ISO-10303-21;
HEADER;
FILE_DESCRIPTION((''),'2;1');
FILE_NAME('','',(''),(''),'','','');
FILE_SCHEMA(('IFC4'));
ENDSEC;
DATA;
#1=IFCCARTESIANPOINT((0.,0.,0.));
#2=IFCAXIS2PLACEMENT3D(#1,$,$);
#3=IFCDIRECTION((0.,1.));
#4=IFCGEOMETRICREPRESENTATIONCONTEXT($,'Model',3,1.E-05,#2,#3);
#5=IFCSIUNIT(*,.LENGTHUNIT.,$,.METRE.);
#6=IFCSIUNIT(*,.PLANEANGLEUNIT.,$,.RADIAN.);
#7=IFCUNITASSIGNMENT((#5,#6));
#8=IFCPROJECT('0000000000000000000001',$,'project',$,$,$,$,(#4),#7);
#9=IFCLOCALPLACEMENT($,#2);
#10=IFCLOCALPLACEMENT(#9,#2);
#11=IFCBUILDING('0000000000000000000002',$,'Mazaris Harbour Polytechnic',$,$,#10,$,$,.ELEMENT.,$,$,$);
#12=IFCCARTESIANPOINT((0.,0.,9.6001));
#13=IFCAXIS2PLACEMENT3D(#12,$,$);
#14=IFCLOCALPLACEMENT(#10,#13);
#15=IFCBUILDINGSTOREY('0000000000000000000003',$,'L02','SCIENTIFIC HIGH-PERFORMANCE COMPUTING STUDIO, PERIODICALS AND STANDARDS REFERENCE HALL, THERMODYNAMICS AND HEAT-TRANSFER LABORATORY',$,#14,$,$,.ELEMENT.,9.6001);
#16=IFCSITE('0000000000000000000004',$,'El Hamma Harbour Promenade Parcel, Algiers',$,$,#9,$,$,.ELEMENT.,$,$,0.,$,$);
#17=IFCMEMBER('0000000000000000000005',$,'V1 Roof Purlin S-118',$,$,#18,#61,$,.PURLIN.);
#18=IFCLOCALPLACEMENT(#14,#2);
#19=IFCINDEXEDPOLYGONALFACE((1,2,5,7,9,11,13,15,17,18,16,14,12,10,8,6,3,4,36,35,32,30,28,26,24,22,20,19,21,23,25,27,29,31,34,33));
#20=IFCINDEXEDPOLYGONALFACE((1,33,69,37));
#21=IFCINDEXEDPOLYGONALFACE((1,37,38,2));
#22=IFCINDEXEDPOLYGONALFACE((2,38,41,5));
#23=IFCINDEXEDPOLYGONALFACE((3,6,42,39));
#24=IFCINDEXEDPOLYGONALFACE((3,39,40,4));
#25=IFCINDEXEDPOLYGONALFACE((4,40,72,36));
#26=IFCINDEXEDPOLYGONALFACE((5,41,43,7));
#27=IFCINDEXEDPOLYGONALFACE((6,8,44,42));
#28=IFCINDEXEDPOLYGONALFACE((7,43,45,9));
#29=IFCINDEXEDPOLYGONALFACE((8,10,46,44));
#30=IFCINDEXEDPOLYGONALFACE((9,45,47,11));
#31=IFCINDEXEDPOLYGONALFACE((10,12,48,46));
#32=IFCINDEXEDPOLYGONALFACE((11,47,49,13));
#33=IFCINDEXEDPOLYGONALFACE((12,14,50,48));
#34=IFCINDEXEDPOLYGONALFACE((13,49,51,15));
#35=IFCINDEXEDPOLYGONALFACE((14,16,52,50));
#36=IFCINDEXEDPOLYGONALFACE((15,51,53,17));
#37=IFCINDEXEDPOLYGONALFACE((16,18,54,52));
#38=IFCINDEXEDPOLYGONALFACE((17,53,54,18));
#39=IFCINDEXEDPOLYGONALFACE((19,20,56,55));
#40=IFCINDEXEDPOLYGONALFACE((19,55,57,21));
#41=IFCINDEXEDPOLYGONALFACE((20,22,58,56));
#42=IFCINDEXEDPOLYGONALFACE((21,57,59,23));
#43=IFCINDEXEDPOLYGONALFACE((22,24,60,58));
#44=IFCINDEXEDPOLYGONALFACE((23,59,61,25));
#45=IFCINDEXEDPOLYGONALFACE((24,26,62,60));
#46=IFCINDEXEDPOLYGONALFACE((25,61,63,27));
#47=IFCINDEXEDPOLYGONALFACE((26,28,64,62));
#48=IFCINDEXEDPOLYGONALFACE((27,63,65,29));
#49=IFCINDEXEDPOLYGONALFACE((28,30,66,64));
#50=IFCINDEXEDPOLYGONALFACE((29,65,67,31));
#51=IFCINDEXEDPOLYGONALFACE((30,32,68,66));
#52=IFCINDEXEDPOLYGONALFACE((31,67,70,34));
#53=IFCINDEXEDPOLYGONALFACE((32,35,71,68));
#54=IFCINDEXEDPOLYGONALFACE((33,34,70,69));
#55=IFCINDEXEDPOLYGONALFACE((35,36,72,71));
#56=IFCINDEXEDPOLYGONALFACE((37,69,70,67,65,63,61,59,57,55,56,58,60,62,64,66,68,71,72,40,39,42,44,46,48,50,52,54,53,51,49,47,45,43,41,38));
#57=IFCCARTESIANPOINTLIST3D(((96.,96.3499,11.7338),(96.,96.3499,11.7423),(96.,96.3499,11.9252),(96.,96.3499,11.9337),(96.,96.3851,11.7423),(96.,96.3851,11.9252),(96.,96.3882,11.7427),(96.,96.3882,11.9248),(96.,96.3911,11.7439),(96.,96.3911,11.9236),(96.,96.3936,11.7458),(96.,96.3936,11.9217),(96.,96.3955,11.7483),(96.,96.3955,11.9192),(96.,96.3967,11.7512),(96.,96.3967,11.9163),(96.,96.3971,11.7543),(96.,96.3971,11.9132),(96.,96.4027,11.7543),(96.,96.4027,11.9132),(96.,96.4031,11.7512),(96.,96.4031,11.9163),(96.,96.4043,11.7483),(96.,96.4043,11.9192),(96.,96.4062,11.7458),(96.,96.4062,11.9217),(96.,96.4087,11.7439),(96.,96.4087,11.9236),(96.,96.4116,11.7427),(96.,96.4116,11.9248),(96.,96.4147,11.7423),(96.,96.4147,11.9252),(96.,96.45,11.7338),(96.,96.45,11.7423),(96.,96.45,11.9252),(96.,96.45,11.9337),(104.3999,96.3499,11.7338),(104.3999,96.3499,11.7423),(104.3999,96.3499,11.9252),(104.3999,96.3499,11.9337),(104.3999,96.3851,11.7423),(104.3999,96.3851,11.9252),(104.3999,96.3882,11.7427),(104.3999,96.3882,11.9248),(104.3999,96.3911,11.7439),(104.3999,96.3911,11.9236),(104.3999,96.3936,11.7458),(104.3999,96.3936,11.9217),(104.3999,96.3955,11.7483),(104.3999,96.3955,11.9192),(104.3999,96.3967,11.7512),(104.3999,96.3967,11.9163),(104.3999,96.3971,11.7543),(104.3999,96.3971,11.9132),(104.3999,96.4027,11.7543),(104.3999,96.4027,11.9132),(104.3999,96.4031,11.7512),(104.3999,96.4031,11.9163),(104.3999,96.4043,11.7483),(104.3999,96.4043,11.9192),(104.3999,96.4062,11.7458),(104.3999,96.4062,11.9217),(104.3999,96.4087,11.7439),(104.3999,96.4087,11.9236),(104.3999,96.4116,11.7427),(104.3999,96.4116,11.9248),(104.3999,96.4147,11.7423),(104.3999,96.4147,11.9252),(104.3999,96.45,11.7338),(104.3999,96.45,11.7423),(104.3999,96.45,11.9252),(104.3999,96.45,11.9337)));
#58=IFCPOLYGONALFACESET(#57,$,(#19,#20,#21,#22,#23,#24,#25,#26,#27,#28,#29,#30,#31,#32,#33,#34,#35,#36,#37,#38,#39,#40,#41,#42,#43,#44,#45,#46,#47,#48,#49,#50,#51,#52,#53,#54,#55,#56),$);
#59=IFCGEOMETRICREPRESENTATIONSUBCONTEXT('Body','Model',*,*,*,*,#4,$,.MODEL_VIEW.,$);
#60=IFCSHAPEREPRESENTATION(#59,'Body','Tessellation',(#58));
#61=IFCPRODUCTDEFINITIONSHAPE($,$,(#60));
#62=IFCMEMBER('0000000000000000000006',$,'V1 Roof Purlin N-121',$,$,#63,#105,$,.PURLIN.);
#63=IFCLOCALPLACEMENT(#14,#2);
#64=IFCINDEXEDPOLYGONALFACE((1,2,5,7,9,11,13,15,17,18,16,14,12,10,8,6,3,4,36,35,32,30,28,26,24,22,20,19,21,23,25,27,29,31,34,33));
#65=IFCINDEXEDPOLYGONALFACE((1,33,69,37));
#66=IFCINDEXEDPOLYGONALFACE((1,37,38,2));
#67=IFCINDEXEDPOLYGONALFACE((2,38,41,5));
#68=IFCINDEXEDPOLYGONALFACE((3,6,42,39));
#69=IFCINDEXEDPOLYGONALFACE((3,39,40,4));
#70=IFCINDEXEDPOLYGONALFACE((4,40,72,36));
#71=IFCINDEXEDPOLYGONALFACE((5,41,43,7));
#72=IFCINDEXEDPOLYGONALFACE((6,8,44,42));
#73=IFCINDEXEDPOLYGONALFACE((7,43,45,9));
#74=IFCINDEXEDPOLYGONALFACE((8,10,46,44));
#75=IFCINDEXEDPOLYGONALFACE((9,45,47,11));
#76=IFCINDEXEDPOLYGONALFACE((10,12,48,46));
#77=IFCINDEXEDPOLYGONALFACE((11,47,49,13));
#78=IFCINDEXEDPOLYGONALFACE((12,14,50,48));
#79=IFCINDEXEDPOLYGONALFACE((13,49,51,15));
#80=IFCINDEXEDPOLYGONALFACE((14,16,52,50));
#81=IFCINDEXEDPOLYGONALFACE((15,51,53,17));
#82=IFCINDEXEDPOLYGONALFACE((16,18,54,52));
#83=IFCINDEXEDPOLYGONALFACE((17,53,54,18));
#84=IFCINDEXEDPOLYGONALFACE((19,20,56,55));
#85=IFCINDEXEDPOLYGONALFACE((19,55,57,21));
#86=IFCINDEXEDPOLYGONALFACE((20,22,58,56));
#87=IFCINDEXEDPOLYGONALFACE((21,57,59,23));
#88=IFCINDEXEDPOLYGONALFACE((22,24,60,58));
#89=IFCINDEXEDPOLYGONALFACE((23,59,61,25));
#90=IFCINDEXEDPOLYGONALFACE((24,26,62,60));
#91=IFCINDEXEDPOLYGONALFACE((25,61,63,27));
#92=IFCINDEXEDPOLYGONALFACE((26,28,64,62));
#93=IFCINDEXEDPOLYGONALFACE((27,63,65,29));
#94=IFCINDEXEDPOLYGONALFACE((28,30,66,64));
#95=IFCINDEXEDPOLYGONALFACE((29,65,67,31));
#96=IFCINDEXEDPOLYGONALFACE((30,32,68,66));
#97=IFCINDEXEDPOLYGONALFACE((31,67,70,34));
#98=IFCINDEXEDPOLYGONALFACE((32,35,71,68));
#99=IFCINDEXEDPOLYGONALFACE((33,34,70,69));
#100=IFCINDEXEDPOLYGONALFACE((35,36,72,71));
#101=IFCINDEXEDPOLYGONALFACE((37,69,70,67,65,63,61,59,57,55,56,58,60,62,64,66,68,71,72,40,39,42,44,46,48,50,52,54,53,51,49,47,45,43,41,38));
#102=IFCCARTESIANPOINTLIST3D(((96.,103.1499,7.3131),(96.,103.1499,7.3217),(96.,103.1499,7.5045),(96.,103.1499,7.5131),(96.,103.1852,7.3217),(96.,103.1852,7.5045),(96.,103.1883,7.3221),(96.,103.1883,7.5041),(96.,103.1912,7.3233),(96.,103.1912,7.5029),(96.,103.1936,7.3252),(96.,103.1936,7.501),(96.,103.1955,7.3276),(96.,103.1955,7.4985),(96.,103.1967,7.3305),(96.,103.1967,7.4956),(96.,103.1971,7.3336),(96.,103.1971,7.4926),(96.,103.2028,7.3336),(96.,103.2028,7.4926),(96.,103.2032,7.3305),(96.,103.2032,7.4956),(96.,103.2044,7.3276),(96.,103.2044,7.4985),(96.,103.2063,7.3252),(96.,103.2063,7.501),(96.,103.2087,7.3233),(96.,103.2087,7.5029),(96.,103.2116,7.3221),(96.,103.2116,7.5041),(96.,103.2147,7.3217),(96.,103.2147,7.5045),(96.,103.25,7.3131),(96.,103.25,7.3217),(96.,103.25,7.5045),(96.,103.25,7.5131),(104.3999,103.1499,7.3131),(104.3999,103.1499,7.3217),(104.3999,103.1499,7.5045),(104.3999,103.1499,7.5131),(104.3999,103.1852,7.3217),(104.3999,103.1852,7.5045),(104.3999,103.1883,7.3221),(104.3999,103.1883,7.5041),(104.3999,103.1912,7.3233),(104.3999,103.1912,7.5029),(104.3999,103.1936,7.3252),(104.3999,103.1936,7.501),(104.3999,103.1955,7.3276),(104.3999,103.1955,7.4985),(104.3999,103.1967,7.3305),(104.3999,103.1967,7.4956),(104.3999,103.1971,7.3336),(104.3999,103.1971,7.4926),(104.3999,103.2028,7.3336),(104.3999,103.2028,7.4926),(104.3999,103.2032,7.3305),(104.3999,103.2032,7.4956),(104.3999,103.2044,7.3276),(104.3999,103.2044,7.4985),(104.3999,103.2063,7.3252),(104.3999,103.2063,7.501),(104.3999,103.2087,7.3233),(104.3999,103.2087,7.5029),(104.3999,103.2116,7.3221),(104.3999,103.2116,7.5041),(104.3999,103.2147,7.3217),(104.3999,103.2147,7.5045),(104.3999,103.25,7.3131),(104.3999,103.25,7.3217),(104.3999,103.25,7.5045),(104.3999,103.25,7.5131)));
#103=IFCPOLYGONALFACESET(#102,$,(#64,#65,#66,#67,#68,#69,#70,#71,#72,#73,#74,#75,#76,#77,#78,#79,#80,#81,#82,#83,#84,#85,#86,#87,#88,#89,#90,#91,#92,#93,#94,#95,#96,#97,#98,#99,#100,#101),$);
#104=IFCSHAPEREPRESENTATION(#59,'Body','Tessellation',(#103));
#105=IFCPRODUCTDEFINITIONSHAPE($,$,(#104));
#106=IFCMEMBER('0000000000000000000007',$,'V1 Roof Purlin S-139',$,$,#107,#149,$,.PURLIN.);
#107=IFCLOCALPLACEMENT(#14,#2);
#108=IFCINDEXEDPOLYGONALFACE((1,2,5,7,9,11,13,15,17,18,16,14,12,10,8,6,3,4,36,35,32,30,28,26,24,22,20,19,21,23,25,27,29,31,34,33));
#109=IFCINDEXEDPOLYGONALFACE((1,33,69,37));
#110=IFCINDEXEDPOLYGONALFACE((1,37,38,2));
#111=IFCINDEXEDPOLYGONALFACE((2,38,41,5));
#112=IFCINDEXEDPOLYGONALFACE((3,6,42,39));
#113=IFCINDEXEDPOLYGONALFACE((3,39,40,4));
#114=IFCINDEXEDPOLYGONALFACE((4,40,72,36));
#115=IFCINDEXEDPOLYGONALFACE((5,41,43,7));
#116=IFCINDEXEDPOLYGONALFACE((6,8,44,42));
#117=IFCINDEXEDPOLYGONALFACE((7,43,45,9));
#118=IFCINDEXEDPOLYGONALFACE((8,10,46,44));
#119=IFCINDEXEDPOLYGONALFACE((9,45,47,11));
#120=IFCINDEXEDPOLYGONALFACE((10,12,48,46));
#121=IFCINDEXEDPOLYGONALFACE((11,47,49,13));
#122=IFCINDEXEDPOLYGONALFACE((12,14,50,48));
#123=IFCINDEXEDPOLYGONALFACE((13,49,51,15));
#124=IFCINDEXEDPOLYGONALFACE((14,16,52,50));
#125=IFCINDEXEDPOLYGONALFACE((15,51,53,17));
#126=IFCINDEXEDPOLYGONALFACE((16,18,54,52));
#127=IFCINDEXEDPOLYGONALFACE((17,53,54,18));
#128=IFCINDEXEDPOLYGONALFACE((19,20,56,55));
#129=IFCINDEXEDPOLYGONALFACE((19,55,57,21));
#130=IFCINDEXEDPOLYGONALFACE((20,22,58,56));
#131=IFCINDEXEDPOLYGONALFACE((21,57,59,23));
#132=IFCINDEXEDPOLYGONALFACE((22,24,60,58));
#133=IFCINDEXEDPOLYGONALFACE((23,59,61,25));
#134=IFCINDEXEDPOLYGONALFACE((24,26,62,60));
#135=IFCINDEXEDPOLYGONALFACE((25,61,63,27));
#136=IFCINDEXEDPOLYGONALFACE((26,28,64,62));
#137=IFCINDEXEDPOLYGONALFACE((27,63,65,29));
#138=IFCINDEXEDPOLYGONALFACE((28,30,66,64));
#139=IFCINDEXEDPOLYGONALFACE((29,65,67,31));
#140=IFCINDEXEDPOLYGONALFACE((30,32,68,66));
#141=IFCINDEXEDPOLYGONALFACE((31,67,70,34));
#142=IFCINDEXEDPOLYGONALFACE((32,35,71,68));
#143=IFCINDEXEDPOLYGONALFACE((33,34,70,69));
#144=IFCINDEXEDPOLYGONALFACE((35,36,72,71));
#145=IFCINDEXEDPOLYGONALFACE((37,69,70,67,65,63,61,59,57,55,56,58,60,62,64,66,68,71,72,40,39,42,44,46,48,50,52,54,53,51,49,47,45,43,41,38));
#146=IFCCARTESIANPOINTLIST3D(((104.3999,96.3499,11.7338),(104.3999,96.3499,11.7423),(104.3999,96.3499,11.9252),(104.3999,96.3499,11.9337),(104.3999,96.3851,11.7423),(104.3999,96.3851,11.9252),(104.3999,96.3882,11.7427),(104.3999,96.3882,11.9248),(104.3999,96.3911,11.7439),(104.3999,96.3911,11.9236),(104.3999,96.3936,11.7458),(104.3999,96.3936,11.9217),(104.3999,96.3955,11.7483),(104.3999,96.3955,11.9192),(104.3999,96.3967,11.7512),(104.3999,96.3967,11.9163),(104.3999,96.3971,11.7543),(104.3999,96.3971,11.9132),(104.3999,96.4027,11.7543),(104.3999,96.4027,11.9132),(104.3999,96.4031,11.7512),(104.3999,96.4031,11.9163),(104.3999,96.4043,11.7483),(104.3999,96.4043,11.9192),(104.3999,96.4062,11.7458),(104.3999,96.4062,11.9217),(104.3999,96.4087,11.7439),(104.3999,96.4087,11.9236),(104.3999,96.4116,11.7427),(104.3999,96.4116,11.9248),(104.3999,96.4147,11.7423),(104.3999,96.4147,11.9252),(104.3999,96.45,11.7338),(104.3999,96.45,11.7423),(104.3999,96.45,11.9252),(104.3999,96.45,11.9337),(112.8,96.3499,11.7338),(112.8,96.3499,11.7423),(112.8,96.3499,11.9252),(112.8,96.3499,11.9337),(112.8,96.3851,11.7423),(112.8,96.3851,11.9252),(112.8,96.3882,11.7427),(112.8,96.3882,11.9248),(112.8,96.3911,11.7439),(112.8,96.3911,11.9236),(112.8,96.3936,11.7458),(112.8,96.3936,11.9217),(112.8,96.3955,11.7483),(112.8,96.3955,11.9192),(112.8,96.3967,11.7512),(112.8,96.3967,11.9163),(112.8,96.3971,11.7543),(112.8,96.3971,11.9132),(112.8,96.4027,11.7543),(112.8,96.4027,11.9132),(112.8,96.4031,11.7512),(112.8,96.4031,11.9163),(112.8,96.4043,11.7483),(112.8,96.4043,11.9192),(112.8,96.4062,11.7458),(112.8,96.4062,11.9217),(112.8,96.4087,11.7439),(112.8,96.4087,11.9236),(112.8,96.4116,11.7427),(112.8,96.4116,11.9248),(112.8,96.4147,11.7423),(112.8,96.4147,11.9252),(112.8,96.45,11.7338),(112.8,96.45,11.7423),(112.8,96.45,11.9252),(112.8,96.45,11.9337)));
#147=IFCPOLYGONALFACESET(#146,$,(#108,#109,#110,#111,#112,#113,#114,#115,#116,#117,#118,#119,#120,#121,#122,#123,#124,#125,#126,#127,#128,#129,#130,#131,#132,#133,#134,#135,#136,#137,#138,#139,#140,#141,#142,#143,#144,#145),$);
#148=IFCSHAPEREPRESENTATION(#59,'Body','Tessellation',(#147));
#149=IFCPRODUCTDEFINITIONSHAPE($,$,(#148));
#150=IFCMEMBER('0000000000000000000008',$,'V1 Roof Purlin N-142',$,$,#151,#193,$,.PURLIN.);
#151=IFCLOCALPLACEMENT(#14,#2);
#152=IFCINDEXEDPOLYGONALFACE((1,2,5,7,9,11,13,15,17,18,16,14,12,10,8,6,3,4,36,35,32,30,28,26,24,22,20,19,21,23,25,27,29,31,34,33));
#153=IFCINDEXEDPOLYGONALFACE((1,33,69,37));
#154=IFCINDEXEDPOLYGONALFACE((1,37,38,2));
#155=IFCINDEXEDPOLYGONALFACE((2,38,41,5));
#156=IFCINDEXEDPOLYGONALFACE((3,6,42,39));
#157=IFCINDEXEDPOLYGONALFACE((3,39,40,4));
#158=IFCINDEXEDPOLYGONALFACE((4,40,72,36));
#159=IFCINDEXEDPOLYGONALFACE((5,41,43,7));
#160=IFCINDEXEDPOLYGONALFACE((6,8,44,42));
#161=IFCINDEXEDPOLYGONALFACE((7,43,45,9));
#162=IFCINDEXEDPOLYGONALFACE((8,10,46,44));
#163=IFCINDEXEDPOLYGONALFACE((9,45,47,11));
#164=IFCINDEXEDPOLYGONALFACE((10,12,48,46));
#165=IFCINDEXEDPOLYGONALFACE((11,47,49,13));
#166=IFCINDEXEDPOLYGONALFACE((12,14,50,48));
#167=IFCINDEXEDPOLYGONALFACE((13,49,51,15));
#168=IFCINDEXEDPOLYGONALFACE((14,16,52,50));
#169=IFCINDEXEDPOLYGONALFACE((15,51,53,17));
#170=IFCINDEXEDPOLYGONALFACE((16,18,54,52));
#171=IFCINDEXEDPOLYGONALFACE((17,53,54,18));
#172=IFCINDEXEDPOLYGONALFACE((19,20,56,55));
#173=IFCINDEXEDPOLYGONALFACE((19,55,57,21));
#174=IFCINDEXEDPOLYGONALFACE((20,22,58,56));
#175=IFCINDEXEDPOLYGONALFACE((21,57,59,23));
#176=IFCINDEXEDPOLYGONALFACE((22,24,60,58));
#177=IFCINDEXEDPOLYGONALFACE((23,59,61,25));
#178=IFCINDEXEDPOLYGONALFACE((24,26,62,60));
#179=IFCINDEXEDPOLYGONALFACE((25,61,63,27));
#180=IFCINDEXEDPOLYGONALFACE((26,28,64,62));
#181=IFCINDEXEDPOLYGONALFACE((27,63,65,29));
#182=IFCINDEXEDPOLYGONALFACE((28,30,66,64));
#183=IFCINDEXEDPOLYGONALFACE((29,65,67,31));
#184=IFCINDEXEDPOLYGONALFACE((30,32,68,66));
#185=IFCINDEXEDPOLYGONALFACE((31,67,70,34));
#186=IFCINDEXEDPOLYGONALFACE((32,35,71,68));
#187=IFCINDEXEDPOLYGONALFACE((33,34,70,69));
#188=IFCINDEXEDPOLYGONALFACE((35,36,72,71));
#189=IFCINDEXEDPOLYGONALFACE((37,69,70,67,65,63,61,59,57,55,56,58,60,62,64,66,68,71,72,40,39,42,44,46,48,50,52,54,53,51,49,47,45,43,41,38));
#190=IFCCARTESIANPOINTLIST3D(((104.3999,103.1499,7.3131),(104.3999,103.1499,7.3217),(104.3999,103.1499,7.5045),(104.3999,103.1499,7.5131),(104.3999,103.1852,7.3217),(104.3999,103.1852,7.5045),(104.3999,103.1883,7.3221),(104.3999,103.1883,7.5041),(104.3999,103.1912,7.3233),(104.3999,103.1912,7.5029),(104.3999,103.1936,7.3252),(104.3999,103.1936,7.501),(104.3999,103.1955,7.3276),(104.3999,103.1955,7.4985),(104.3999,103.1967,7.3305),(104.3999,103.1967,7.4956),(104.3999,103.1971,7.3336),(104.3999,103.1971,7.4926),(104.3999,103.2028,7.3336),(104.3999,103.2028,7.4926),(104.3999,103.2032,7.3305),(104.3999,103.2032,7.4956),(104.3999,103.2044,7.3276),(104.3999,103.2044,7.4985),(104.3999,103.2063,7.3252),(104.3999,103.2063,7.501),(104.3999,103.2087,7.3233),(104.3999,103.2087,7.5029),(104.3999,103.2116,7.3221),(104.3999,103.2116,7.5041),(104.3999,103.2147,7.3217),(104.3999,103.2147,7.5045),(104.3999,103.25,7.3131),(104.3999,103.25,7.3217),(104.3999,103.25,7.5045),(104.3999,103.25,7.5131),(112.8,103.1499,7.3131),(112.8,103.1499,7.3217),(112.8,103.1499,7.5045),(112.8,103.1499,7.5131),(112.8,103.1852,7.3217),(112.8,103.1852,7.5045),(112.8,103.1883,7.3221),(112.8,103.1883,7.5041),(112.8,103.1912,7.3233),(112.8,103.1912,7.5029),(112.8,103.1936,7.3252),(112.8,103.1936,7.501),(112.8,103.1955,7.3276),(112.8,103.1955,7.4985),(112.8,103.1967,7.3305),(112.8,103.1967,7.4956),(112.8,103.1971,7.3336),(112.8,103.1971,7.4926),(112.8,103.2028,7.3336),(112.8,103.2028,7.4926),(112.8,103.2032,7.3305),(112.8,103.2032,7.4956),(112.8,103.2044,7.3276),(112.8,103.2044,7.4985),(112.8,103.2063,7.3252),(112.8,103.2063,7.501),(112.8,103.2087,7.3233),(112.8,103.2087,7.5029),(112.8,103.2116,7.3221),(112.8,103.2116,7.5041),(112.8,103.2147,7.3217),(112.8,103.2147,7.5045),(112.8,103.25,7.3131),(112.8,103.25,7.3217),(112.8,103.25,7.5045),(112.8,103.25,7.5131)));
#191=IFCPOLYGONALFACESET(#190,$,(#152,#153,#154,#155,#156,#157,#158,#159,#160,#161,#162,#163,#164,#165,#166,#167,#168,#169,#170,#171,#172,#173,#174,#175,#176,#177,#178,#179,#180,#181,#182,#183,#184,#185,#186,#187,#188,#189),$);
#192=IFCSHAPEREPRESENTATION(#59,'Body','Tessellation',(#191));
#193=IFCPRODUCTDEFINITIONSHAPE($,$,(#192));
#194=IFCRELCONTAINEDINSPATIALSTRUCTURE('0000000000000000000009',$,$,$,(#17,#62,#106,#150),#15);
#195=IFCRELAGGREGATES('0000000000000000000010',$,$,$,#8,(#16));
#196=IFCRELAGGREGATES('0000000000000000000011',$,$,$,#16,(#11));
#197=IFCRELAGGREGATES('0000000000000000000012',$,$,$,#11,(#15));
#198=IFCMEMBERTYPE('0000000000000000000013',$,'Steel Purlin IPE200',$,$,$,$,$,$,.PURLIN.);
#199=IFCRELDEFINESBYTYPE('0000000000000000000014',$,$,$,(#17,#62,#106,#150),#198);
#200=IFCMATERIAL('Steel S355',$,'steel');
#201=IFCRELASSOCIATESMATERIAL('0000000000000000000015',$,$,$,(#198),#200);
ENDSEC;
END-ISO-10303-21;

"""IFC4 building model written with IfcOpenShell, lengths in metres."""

from ifc_helpers import new_model, si_unit, direction, frame, origin, origin_2d, place, context, subcontext, project, spatial, i_section, extrude, material, material_profile, profile_set, type_object, element, save


model = new_model("IFC4")

# Units and contexts
model_context = context("Model", 3, precision=1e-05, world=origin(), true_north=direction((0.0, 1.0)))
body_context = subcontext(model_context, "Body", "Model", "MODEL_VIEW")
ifc_project = project(units=[si_unit("LENGTHUNIT", "METRE"), si_unit("PLANEANGLEUNIT", "RADIAN")], contexts=[model_context])

# Site, building, storey
site_placement = place(None, origin())
site = spatial("IfcSite", under=ifc_project, at=site_placement, Name="El Hamma Harbour Promenade Parcel, Algiers", CompositionType="ELEMENT", RefElevation=0.0)
building_placement = place(site_placement, origin())
building = spatial("IfcBuilding", under=site, at=building_placement, Name="Mazaris Harbour Polytechnic", CompositionType="ELEMENT")
storey_placement = place(building_placement, frame((0.0, 0.0, 9.6001)))
storey = spatial("IfcBuildingStorey", under=building, at=storey_placement, Name="L02", Description="SCIENTIFIC HIGH-PERFORMANCE COMPUTING STUDIO, PERIODICALS AND STANDARDS REFERENCE HALL, THERMODYNAMICS AND HEAT-TRANSFER LABORATORY", CompositionType="ELEMENT", Elevation=9.6001)

# Members
ifc_material_1 = material(Name="Steel S355", Category="steel")
ifc_material_profile_1 = material_profile(ifc_material_1, i_section(OverallWidth=0.1001, OverallDepth=0.2, WebThickness=0.0056, FlangeThickness=0.0085, FilletRadius=0.012, at=origin_2d()), Name="IPE 200")
ifc_profile_set_1 = profile_set([ifc_material_profile_1], Name="Steel S355")
member_type_1 = type_object("IfcMemberType", Name="Steel Purlin IPE200", PredefinedType="PURLIN", material=ifc_profile_set_1)
for number, where, z_axis, x_axis, name in (
    (1, (96.0, 96.3999, 11.8337), (1.0, 0.0, 0.0), (0.0, 1.0, 0.0), "V1 Roof Purlin S-118"),
    (2, (96.0, 103.2, 7.4131), (1.0, 0.0, 0.0), (0.0, 1.0, 0.0), "V1 Roof Purlin N-121"),
):
    element("IfcMember", number, at=place(storey_placement, frame(where, z_axis=z_axis, x_axis=x_axis)), inside=storey, type_object=member_type_1, Name=name, PredefinedType="PURLIN", context=body_context, shape_type="SweptSolid", body=[
        extrude(i_section(OverallWidth=0.1001, OverallDepth=0.2, WebThickness=0.0056, FlangeThickness=0.0085, FilletRadius=0.012, at=origin_2d()), origin(), (0.0, 0.0, 1.0), 8.3999),
    ])
for number, where, z_axis, x_axis, name in (
    (3, (104.3999, 96.3999, 11.8337), (1.0, 0.0, 0.0), (0.0, 1.0, 0.0), "V1 Roof Purlin S-139"),
    (4, (104.3999, 103.2, 7.4131), (1.0, 0.0, 0.0), (0.0, 1.0, 0.0), "V1 Roof Purlin N-142"),
):
    element("IfcMember", number, at=place(storey_placement, frame(where, z_axis=z_axis, x_axis=x_axis)), inside=storey, type_object=member_type_1, Name=name, PredefinedType="PURLIN", context=body_context, shape_type="SweptSolid", body=[
        extrude(i_section(OverallWidth=0.1001, OverallDepth=0.2, WebThickness=0.0056, FlangeThickness=0.0085, FilletRadius=0.012, at=origin_2d()), origin(), (0.0, 0.0, 1.0), 8.4001),
    ])

save(model, "model.ifc")
